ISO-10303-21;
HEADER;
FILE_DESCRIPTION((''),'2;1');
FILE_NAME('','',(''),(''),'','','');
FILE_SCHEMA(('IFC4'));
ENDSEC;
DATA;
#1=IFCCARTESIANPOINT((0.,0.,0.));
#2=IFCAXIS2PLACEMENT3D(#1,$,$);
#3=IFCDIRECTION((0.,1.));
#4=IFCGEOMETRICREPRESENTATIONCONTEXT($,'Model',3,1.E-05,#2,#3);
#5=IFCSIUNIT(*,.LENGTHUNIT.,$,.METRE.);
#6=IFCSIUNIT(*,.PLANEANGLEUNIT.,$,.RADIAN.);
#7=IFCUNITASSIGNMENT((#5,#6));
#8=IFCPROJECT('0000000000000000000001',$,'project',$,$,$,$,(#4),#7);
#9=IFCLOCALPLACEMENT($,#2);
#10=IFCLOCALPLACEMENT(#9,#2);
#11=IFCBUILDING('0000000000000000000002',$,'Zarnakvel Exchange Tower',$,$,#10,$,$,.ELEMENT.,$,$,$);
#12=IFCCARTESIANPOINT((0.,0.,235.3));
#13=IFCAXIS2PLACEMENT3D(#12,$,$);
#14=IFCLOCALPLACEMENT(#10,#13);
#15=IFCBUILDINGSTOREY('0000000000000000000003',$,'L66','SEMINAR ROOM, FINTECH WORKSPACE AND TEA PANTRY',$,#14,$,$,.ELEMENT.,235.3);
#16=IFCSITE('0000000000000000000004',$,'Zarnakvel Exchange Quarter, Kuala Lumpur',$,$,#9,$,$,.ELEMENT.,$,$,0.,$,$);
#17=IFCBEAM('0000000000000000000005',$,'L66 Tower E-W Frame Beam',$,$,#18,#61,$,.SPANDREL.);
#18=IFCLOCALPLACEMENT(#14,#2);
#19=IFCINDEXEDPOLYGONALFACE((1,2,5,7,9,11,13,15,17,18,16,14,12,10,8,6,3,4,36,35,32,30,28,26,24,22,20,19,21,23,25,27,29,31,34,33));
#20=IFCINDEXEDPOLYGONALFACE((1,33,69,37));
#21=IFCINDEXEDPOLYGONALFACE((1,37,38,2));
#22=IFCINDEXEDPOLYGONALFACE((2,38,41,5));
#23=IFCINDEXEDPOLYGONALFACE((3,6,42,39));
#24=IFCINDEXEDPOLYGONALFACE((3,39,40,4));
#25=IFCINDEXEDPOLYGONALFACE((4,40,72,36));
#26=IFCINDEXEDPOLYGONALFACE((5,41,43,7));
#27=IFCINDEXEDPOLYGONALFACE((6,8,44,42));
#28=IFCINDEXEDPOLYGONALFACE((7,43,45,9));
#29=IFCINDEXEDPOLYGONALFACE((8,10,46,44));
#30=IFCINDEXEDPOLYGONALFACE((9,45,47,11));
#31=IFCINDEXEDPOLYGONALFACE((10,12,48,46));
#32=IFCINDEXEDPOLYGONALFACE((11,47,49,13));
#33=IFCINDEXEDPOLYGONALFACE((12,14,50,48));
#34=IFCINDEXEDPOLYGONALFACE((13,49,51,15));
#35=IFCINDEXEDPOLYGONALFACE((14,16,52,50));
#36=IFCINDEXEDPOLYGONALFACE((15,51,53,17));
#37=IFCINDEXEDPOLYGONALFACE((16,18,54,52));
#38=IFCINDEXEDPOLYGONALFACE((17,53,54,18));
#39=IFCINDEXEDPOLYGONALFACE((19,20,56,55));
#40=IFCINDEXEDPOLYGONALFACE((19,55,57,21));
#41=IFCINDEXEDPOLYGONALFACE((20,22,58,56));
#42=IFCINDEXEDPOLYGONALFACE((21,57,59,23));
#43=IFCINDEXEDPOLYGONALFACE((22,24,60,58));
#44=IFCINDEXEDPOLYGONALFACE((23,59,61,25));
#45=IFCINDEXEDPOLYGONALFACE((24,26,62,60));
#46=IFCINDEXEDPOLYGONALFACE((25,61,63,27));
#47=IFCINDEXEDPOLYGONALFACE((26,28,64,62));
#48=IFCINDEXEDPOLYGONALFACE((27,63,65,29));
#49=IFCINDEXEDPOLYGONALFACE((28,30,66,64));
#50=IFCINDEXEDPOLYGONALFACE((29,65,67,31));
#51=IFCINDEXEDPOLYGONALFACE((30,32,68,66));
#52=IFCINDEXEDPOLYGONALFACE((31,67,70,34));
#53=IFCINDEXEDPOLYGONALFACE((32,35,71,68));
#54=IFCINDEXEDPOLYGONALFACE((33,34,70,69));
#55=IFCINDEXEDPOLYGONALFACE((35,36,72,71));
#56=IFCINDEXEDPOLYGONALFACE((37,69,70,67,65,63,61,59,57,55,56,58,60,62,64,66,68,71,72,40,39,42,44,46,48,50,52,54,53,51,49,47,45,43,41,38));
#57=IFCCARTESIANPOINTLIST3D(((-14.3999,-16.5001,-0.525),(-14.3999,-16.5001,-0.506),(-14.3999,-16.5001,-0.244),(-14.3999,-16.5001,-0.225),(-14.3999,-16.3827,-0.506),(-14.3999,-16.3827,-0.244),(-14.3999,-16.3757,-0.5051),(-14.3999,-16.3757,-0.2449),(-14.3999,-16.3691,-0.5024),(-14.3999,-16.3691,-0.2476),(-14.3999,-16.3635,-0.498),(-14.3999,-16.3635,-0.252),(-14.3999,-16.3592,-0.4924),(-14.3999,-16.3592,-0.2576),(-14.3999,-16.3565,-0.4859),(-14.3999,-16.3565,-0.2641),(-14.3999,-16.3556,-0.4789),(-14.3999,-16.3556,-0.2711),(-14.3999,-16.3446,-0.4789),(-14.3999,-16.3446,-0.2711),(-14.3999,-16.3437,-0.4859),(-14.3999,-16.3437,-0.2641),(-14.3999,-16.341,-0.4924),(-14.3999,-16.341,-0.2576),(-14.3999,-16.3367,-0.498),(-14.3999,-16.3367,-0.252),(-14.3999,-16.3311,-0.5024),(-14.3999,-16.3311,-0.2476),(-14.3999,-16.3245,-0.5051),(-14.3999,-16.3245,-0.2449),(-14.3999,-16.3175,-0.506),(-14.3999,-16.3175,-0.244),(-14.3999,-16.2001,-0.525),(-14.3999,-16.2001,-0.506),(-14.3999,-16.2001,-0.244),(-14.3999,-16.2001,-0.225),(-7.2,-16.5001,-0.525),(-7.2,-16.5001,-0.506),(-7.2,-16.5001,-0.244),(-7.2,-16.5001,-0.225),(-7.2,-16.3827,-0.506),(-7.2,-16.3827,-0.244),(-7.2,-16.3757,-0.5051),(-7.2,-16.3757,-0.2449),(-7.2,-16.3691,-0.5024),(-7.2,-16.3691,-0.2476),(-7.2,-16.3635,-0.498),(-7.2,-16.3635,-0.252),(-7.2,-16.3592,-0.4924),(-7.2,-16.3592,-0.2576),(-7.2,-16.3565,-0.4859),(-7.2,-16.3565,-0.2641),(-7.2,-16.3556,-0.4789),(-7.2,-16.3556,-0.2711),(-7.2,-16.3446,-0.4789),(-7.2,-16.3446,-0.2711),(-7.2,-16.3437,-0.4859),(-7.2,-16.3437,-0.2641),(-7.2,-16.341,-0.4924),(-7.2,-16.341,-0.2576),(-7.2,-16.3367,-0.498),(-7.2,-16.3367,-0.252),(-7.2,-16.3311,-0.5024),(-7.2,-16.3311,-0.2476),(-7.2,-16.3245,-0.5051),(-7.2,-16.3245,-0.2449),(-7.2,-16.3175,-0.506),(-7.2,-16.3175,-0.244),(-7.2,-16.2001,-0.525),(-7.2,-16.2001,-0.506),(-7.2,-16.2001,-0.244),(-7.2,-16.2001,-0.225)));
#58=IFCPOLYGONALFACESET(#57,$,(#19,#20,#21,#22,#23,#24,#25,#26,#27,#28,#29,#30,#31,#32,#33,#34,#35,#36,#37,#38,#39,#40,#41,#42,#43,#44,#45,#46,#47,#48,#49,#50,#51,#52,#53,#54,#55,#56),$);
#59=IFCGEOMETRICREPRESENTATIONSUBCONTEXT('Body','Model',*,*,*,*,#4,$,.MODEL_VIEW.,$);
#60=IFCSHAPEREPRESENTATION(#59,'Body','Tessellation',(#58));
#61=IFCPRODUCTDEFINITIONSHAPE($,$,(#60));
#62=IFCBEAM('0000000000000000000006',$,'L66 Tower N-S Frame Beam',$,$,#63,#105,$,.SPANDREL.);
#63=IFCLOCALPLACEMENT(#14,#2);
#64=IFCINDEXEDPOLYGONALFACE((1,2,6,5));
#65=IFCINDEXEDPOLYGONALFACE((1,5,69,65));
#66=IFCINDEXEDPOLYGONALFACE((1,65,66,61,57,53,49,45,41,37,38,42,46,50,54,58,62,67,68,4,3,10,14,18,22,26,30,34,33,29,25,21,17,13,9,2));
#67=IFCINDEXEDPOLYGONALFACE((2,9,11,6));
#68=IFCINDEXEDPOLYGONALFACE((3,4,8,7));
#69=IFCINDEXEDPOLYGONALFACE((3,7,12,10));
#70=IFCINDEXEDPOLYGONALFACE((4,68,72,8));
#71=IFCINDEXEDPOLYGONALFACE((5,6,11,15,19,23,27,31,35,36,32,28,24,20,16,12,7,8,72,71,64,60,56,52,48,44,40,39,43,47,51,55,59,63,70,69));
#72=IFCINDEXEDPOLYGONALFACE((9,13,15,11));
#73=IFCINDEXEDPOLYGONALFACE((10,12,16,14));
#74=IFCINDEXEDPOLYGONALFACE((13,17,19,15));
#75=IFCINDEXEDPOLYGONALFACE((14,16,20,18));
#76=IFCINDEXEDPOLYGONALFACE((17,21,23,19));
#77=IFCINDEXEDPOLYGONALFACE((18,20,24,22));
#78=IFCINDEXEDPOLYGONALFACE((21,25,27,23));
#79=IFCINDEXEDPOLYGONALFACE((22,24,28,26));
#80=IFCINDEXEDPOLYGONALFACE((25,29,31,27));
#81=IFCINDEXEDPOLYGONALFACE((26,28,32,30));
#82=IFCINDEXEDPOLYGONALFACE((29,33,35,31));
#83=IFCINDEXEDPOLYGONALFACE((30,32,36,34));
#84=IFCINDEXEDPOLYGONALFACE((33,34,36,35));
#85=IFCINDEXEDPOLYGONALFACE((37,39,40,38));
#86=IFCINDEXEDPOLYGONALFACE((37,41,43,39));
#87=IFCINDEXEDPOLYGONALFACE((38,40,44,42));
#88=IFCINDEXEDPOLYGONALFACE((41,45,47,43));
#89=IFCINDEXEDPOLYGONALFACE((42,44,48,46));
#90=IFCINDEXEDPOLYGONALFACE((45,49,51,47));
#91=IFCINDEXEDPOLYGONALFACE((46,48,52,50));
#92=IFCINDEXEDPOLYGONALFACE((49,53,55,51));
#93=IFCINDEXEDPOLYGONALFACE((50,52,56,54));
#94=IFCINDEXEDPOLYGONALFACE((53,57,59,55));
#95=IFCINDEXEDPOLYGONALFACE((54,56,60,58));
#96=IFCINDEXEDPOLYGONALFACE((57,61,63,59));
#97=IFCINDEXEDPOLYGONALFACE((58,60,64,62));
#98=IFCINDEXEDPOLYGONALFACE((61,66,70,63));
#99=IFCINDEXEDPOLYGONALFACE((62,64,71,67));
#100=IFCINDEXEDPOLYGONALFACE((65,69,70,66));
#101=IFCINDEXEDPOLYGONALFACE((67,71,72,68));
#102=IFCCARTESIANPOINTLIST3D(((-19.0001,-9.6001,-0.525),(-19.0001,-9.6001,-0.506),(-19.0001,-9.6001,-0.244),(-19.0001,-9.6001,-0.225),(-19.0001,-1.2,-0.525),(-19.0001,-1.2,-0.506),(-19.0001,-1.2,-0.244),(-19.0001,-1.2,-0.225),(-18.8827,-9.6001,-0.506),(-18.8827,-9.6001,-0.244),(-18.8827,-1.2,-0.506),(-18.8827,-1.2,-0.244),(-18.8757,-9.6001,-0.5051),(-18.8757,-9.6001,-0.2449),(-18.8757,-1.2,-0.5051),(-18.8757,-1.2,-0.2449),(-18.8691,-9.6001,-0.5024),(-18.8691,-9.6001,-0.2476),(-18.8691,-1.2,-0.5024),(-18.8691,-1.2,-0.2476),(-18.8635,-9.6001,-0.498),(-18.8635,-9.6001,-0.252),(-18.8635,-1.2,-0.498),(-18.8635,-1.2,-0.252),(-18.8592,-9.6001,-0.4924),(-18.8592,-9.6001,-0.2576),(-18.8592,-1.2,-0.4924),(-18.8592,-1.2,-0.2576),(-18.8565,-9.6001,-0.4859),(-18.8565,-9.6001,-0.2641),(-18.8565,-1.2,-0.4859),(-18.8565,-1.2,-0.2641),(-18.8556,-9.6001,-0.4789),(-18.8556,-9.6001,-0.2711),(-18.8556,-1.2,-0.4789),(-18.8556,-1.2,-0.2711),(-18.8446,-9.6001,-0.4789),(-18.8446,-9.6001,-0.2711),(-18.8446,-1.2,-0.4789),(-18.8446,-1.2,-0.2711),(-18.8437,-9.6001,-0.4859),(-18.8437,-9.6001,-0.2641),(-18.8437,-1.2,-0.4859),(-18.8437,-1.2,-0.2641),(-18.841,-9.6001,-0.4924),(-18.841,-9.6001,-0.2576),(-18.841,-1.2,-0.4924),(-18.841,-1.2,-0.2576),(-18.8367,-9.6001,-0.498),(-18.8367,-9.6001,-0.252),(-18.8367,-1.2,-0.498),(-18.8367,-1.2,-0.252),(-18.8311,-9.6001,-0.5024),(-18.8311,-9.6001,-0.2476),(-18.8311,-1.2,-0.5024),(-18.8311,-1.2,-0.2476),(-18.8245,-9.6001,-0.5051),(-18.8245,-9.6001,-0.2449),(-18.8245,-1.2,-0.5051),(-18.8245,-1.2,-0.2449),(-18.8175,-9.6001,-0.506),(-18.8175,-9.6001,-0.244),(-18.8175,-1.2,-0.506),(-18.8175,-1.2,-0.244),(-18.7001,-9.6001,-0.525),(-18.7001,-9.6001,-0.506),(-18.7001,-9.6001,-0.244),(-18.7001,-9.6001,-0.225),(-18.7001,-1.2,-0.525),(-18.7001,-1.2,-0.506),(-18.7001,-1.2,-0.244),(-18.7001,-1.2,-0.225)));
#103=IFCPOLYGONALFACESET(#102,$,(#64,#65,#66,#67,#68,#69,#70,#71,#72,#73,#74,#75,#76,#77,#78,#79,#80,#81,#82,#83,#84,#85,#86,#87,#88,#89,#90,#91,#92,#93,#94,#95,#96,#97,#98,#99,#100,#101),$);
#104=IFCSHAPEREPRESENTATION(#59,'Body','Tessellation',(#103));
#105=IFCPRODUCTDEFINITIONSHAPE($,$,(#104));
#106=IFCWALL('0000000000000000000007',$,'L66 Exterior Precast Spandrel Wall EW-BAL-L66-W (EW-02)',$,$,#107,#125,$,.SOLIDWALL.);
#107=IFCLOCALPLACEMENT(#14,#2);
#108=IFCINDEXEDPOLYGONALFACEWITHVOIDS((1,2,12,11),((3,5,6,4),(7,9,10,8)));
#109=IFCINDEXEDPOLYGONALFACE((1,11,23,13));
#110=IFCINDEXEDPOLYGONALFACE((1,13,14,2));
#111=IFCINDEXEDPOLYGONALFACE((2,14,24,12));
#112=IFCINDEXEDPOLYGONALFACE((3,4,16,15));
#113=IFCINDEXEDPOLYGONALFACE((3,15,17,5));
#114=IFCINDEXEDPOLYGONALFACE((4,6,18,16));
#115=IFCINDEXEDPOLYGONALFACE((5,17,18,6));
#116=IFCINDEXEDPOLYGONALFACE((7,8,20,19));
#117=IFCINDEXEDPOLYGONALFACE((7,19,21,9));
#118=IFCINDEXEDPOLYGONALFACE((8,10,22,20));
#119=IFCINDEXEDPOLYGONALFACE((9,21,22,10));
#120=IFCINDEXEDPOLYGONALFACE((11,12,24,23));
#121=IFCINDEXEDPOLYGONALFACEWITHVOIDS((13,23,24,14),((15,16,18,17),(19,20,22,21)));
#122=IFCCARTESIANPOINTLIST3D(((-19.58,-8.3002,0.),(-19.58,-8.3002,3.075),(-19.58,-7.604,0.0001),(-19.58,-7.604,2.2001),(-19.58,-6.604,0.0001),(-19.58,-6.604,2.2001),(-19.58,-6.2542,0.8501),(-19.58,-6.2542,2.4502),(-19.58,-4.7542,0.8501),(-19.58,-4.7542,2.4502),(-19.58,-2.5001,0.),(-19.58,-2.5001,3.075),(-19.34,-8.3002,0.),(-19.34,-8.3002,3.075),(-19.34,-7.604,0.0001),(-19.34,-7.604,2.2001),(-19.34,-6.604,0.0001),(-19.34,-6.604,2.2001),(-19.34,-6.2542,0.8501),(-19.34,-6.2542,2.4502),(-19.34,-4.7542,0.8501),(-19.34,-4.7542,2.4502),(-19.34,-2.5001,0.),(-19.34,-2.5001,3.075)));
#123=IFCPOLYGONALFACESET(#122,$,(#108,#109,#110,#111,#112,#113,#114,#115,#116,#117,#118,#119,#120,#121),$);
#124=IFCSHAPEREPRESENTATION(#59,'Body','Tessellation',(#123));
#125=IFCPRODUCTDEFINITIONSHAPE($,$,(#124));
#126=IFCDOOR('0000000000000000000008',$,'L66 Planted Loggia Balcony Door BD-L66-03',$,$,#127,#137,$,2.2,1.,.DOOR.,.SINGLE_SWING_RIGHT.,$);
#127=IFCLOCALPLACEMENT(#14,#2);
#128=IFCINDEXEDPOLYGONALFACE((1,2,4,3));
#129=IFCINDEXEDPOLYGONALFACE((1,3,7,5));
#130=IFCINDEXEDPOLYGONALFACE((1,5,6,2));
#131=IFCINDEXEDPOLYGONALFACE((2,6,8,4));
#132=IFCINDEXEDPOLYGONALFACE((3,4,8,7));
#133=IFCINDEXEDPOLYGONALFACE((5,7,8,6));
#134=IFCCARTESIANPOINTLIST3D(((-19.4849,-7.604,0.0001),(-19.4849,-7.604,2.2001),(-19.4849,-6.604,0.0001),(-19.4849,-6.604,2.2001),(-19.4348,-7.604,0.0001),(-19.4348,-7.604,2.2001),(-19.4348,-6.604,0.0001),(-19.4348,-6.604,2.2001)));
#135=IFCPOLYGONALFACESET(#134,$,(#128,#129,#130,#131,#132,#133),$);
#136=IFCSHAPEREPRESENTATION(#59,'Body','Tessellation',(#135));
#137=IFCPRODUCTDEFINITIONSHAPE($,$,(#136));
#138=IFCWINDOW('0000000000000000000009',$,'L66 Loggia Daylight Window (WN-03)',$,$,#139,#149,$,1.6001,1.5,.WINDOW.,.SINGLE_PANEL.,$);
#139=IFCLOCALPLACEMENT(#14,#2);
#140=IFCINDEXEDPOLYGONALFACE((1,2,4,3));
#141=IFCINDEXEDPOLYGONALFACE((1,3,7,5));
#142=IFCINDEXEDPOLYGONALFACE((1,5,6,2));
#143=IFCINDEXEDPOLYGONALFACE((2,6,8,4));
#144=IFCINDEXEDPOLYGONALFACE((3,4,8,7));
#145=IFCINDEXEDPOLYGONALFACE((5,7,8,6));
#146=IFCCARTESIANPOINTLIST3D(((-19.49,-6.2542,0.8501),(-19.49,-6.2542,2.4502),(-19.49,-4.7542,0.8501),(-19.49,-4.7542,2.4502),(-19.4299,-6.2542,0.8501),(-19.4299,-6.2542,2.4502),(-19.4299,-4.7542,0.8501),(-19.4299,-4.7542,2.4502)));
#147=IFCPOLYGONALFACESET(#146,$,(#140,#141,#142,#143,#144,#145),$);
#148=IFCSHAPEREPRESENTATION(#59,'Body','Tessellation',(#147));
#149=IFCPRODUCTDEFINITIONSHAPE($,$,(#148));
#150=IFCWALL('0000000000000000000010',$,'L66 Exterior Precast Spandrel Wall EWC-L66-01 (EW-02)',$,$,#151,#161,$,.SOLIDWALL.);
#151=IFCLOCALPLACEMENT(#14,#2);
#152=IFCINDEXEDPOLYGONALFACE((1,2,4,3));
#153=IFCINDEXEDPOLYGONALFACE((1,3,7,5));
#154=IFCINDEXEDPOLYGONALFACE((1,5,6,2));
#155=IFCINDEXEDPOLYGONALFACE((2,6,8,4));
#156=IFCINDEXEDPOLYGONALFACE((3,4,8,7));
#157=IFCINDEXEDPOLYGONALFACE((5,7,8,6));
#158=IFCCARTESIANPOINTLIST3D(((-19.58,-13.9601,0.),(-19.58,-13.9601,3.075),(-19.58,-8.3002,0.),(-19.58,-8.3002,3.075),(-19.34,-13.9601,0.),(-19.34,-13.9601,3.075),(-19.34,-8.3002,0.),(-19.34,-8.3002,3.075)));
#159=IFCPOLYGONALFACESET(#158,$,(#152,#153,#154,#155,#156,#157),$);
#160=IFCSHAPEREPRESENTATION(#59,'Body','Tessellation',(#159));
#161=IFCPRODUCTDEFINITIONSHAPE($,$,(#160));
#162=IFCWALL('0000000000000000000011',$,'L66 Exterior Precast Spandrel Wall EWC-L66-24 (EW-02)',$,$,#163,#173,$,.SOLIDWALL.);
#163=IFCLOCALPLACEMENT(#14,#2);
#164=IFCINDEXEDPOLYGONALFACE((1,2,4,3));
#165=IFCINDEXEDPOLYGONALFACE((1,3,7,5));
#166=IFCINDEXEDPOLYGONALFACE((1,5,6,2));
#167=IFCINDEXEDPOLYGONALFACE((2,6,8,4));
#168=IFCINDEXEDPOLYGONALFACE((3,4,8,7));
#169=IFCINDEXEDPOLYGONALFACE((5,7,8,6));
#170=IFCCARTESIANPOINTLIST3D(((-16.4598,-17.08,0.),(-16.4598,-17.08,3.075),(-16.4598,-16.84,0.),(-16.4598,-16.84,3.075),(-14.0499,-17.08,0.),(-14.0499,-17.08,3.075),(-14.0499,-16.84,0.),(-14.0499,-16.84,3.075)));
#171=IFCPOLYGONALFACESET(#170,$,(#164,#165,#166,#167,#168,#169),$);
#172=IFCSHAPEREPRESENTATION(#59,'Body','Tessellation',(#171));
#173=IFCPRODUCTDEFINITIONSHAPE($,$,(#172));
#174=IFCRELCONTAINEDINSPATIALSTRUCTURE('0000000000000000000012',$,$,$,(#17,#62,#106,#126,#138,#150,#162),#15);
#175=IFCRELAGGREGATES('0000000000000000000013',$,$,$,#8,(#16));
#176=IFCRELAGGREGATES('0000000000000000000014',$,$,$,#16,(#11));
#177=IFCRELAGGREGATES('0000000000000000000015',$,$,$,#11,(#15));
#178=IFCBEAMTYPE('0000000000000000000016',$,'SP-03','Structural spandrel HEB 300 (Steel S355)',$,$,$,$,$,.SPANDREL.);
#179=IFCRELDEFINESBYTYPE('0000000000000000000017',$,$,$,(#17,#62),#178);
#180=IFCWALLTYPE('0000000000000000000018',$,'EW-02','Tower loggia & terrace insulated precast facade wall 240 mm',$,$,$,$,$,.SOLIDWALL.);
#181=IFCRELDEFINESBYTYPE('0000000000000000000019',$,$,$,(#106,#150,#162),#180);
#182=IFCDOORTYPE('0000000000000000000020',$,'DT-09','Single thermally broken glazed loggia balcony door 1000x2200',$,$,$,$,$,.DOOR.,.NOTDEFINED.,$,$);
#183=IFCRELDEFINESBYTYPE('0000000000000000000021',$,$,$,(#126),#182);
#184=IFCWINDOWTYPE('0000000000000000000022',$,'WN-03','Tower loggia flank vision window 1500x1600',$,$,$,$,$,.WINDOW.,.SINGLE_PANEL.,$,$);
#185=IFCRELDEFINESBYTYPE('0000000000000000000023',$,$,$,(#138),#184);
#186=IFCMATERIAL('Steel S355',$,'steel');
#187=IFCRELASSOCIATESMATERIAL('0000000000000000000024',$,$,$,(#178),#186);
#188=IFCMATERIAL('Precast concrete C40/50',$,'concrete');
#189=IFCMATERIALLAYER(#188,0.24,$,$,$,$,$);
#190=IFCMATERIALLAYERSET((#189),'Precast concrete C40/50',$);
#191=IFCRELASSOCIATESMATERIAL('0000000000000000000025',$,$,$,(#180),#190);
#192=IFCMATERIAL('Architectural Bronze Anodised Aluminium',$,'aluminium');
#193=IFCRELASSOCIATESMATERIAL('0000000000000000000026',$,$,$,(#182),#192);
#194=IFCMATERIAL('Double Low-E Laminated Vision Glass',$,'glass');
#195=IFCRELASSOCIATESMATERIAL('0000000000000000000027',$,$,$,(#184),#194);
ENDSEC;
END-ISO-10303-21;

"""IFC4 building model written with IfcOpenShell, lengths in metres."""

from ifc_helpers import new_model, si_unit, direction, frame, frame_2d, origin, origin_2d, place, context, subcontext, project, spatial, rectangle, i_section, extrude, source, transform, mapped, material, layer, layer_set, material_profile, profile_set, type_object, element, fill, save


model = new_model("IFC4")

# Units and contexts
model_context = context("Model", 3, precision=1e-05, world=origin(), true_north=direction((0.0, 1.0)))
body_context = subcontext(model_context, "Body", "Model", "MODEL_VIEW")
ifc_project = project(units=[si_unit("LENGTHUNIT", "METRE"), si_unit("PLANEANGLEUNIT", "RADIAN")], contexts=[model_context])

# Site, building, storey
site_placement = place(None, origin())
site = spatial("IfcSite", under=ifc_project, at=site_placement, Name="Zarnakvel Exchange Quarter, Kuala Lumpur", CompositionType="ELEMENT", RefElevation=0.0)
building_placement = place(site_placement, origin())
building = spatial("IfcBuilding", under=site, at=building_placement, Name="Zarnakvel Exchange Tower", CompositionType="ELEMENT")
storey_placement = place(building_placement, frame((0.0, 0.0, 235.3)))
storey = spatial("IfcBuildingStorey", under=building, at=storey_placement, Name="L66", Description="SEMINAR ROOM, FINTECH WORKSPACE AND TEA PANTRY", CompositionType="ELEMENT", Elevation=235.3)

# Shared definitions
ifc_material_1 = material(Name="Steel S355", Category="steel")

# Beams
ifc_material_profile_1 = material_profile(ifc_material_1, i_section(OverallWidth=0.3, OverallDepth=0.3, WebThickness=0.011, FlangeThickness=0.019, FilletRadius=0.0271, at=origin_2d()))
ifc_profile_set_1 = profile_set([ifc_material_profile_1], Name="Steel S355")
beam_type_1 = type_object("IfcBeamType", Name="SP-03", Description="Structural spandrel HEB 300 (Steel S355)", PredefinedType="SPANDREL", material=ifc_profile_set_1)
beam_1_placement = place(storey_placement, frame((-14.3999, -16.3501, -0.375), z_axis=(1.0, 0.0, 0.0), x_axis=(0.0, 1.0, 0.0)))
element("IfcBeam", 1, at=beam_1_placement, inside=storey, type_object=beam_type_1, Name="L66 Tower E-W Frame Beam", PredefinedType="SPANDREL", context=body_context, shape_type="SweptSolid", body=[
    extrude(i_section(OverallWidth=0.3, OverallDepth=0.3, WebThickness=0.011, FlangeThickness=0.019, FilletRadius=0.0271, at=origin_2d()), origin(), (0.0, 0.0, 1.0), 7.2),
])
beam_2_placement = place(storey_placement, frame((-18.8501, -9.6001, -0.375), z_axis=(0.0, 1.0, 0.0), x_axis=(-1.0, 0.0, 0.0)))
element("IfcBeam", 2, at=beam_2_placement, inside=storey, type_object=beam_type_1, Name="L66 Tower N-S Frame Beam", PredefinedType="SPANDREL", context=body_context, shape_type="SweptSolid", body=[
    extrude(i_section(OverallWidth=0.3, OverallDepth=0.3, WebThickness=0.011, FlangeThickness=0.019, FilletRadius=0.0271, at=origin_2d()), origin(), (0.0, 0.0, 1.0), 8.4001),
])

# Wall, openings, door, window
ifc_material_2 = material(Name="Precast concrete C40/50", Category="concrete")
ifc_layer_1 = layer(ifc_material_2, 0.24)
ifc_layer_set_1 = layer_set([ifc_layer_1], Name="Precast concrete C40/50")
wall_type_1 = type_object("IfcWallType", Name="EW-02", Description="Tower loggia & terrace insulated precast facade wall 240 mm", PredefinedType="SOLIDWALL", material=ifc_layer_set_1)
wall_1_placement = place(storey_placement, frame((-19.46, -8.3, 0.0), z_axis=(0.0, 0.0, 1.0), x_axis=(0.0, 1.0, 0.0)))
wall_1 = element("IfcWall", 3, at=wall_1_placement, inside=storey, type_object=wall_type_1, Name="L66 Exterior Precast Spandrel Wall EW-BAL-L66-W (EW-02)", PredefinedType="SOLIDWALL", context=body_context, shape_type="SweptSolid", body=[
    extrude(rectangle(XDim=5.8, YDim=0.24, at=frame_2d((2.8999, 0.0))), origin(), (0.0, 0.0, 1.0), 3.075),
])
opening_1_placement = place(wall_1_placement, frame((0.696, 0.0, 0.0)))
opening_1 = element("IfcOpeningElement", 4, at=opening_1_placement, cuts=wall_1, PredefinedType="OPENING", context=body_context, shape_type="SweptSolid", body=[
    extrude(rectangle(XDim=1.0, YDim=2.2, at=frame_2d((0.5, 1.1001))), frame((0.0, 0.1299, 0.0), z_axis=(0.0, -1.0, 0.0), x_axis=(1.0, 0.0, 0.0)), (0.0, 0.0, 1.0), 0.26),
])
opening_2_placement = place(wall_1_placement, frame((2.0459, 0.0, 0.8501)))
opening_2 = element("IfcOpeningElement", 5, at=opening_2_placement, cuts=wall_1, PredefinedType="OPENING", context=body_context, shape_type="SweptSolid", body=[
    extrude(rectangle(XDim=1.5, YDim=1.6001, at=frame_2d((0.75, 0.8))), frame((0.0, 0.1299, 0.0), z_axis=(0.0, -1.0, 0.0), x_axis=(1.0, 0.0, 0.0)), (0.0, 0.0, 1.0), 0.26),
])
ifc_material_3 = material(Name="Architectural Bronze Anodised Aluminium", Category="aluminium")
door_type = type_object("IfcDoorType", Name="DT-09", Description="Single thermally broken glazed loggia balcony door 1000x2200", OperationType="NOTDEFINED", PredefinedType="DOOR", material=ifc_material_3)
shared_shape_1 = source(origin(), body_context, "Body", "SweptSolid", [
    extrude(rectangle(XDim=1.0, YDim=2.2, at=frame_2d((0.5, 1.1001))), frame((0.0, 0.0249, 0.0), z_axis=(0.0, -1.0, 0.0), x_axis=(1.0, 0.0, 0.0)), (0.0, 0.0, 1.0), 0.05),
])
door_placement = place(opening_1_placement, origin())
door = element("IfcDoor", 6, at=door_placement, inside=storey, type_object=door_type, Name="L66 Planted Loggia Balcony Door BD-L66-03", OperationType="SINGLE_SWING_RIGHT", OverallHeight=2.2, OverallWidth=1.0, PredefinedType="DOOR", context=body_context, shape_type="MappedRepresentation", body=[
    mapped(shared_shape_1, transform((0.0, 0.0, 0.0), x_axis=(1.0, 0.0, 0.0), y_axis=(0.0, 1.0, 0.0), z_axis=(0.0, 0.0, 1.0), scale=1.0)),
])
fill(opening_1, door)
ifc_material_4 = material(Name="Double Low-E Laminated Vision Glass", Category="glass")
window_type = type_object("IfcWindowType", Name="WN-03", Description="Tower loggia flank vision window 1500x1600", PartitioningType="SINGLE_PANEL", PredefinedType="WINDOW", material=ifc_material_4)
shared_shape_2 = source(origin(), body_context, "Body", "SweptSolid", [
    extrude(rectangle(XDim=1.5, YDim=1.6001, at=frame_2d((0.75, 0.8))), frame((0.0, 0.03, 0.0), z_axis=(0.0, -1.0, 0.0), x_axis=(1.0, 0.0, 0.0)), (0.0, 0.0, 1.0), 0.0601),
])
window_placement = place(opening_2_placement, origin())
window = element("IfcWindow", 7, at=window_placement, inside=storey, type_object=window_type, Name="L66 Loggia Daylight Window (WN-03)", OverallHeight=1.6001, OverallWidth=1.5, PartitioningType="SINGLE_PANEL", PredefinedType="WINDOW", context=body_context, shape_type="MappedRepresentation", body=[
    mapped(shared_shape_2, transform((0.0, 0.0, 0.0), x_axis=(1.0, 0.0, 0.0), y_axis=(0.0, 1.0, 0.0), z_axis=(0.0, 0.0, 1.0), scale=1.0)),
])
fill(opening_2, window)

# Walls
wall_2_placement = place(storey_placement, frame((-19.46, -8.3, 0.0), z_axis=(0.0, 0.0, 1.0), x_axis=(0.0, -1.0, 0.0)))
element("IfcWall", 8, at=wall_2_placement, inside=storey, type_object=wall_type_1, Name="L66 Exterior Precast Spandrel Wall EWC-L66-01 (EW-02)", PredefinedType="SOLIDWALL", context=body_context, shape_type="SweptSolid", body=[
    extrude(rectangle(XDim=5.6599, YDim=0.24, at=frame_2d((2.8301, 0.0))), origin(), (0.0, 0.0, 1.0), 3.075),
])
wall_3_placement = place(storey_placement, frame((-16.46, -16.96, 0.0), z_axis=(0.0, 0.0, 1.0), x_axis=(1.0, 0.0, 0.0)))
element("IfcWall", 9, at=wall_3_placement, inside=storey, type_object=wall_type_1, Name="L66 Exterior Precast Spandrel Wall EWC-L66-24 (EW-02)", PredefinedType="SOLIDWALL", context=body_context, shape_type="SweptSolid", body=[
    extrude(rectangle(XDim=2.4099, YDim=0.24, at=frame_2d((1.2051, 0.0))), origin(), (0.0, 0.0, 1.0), 3.075),
])

save(model, "model.ifc")
